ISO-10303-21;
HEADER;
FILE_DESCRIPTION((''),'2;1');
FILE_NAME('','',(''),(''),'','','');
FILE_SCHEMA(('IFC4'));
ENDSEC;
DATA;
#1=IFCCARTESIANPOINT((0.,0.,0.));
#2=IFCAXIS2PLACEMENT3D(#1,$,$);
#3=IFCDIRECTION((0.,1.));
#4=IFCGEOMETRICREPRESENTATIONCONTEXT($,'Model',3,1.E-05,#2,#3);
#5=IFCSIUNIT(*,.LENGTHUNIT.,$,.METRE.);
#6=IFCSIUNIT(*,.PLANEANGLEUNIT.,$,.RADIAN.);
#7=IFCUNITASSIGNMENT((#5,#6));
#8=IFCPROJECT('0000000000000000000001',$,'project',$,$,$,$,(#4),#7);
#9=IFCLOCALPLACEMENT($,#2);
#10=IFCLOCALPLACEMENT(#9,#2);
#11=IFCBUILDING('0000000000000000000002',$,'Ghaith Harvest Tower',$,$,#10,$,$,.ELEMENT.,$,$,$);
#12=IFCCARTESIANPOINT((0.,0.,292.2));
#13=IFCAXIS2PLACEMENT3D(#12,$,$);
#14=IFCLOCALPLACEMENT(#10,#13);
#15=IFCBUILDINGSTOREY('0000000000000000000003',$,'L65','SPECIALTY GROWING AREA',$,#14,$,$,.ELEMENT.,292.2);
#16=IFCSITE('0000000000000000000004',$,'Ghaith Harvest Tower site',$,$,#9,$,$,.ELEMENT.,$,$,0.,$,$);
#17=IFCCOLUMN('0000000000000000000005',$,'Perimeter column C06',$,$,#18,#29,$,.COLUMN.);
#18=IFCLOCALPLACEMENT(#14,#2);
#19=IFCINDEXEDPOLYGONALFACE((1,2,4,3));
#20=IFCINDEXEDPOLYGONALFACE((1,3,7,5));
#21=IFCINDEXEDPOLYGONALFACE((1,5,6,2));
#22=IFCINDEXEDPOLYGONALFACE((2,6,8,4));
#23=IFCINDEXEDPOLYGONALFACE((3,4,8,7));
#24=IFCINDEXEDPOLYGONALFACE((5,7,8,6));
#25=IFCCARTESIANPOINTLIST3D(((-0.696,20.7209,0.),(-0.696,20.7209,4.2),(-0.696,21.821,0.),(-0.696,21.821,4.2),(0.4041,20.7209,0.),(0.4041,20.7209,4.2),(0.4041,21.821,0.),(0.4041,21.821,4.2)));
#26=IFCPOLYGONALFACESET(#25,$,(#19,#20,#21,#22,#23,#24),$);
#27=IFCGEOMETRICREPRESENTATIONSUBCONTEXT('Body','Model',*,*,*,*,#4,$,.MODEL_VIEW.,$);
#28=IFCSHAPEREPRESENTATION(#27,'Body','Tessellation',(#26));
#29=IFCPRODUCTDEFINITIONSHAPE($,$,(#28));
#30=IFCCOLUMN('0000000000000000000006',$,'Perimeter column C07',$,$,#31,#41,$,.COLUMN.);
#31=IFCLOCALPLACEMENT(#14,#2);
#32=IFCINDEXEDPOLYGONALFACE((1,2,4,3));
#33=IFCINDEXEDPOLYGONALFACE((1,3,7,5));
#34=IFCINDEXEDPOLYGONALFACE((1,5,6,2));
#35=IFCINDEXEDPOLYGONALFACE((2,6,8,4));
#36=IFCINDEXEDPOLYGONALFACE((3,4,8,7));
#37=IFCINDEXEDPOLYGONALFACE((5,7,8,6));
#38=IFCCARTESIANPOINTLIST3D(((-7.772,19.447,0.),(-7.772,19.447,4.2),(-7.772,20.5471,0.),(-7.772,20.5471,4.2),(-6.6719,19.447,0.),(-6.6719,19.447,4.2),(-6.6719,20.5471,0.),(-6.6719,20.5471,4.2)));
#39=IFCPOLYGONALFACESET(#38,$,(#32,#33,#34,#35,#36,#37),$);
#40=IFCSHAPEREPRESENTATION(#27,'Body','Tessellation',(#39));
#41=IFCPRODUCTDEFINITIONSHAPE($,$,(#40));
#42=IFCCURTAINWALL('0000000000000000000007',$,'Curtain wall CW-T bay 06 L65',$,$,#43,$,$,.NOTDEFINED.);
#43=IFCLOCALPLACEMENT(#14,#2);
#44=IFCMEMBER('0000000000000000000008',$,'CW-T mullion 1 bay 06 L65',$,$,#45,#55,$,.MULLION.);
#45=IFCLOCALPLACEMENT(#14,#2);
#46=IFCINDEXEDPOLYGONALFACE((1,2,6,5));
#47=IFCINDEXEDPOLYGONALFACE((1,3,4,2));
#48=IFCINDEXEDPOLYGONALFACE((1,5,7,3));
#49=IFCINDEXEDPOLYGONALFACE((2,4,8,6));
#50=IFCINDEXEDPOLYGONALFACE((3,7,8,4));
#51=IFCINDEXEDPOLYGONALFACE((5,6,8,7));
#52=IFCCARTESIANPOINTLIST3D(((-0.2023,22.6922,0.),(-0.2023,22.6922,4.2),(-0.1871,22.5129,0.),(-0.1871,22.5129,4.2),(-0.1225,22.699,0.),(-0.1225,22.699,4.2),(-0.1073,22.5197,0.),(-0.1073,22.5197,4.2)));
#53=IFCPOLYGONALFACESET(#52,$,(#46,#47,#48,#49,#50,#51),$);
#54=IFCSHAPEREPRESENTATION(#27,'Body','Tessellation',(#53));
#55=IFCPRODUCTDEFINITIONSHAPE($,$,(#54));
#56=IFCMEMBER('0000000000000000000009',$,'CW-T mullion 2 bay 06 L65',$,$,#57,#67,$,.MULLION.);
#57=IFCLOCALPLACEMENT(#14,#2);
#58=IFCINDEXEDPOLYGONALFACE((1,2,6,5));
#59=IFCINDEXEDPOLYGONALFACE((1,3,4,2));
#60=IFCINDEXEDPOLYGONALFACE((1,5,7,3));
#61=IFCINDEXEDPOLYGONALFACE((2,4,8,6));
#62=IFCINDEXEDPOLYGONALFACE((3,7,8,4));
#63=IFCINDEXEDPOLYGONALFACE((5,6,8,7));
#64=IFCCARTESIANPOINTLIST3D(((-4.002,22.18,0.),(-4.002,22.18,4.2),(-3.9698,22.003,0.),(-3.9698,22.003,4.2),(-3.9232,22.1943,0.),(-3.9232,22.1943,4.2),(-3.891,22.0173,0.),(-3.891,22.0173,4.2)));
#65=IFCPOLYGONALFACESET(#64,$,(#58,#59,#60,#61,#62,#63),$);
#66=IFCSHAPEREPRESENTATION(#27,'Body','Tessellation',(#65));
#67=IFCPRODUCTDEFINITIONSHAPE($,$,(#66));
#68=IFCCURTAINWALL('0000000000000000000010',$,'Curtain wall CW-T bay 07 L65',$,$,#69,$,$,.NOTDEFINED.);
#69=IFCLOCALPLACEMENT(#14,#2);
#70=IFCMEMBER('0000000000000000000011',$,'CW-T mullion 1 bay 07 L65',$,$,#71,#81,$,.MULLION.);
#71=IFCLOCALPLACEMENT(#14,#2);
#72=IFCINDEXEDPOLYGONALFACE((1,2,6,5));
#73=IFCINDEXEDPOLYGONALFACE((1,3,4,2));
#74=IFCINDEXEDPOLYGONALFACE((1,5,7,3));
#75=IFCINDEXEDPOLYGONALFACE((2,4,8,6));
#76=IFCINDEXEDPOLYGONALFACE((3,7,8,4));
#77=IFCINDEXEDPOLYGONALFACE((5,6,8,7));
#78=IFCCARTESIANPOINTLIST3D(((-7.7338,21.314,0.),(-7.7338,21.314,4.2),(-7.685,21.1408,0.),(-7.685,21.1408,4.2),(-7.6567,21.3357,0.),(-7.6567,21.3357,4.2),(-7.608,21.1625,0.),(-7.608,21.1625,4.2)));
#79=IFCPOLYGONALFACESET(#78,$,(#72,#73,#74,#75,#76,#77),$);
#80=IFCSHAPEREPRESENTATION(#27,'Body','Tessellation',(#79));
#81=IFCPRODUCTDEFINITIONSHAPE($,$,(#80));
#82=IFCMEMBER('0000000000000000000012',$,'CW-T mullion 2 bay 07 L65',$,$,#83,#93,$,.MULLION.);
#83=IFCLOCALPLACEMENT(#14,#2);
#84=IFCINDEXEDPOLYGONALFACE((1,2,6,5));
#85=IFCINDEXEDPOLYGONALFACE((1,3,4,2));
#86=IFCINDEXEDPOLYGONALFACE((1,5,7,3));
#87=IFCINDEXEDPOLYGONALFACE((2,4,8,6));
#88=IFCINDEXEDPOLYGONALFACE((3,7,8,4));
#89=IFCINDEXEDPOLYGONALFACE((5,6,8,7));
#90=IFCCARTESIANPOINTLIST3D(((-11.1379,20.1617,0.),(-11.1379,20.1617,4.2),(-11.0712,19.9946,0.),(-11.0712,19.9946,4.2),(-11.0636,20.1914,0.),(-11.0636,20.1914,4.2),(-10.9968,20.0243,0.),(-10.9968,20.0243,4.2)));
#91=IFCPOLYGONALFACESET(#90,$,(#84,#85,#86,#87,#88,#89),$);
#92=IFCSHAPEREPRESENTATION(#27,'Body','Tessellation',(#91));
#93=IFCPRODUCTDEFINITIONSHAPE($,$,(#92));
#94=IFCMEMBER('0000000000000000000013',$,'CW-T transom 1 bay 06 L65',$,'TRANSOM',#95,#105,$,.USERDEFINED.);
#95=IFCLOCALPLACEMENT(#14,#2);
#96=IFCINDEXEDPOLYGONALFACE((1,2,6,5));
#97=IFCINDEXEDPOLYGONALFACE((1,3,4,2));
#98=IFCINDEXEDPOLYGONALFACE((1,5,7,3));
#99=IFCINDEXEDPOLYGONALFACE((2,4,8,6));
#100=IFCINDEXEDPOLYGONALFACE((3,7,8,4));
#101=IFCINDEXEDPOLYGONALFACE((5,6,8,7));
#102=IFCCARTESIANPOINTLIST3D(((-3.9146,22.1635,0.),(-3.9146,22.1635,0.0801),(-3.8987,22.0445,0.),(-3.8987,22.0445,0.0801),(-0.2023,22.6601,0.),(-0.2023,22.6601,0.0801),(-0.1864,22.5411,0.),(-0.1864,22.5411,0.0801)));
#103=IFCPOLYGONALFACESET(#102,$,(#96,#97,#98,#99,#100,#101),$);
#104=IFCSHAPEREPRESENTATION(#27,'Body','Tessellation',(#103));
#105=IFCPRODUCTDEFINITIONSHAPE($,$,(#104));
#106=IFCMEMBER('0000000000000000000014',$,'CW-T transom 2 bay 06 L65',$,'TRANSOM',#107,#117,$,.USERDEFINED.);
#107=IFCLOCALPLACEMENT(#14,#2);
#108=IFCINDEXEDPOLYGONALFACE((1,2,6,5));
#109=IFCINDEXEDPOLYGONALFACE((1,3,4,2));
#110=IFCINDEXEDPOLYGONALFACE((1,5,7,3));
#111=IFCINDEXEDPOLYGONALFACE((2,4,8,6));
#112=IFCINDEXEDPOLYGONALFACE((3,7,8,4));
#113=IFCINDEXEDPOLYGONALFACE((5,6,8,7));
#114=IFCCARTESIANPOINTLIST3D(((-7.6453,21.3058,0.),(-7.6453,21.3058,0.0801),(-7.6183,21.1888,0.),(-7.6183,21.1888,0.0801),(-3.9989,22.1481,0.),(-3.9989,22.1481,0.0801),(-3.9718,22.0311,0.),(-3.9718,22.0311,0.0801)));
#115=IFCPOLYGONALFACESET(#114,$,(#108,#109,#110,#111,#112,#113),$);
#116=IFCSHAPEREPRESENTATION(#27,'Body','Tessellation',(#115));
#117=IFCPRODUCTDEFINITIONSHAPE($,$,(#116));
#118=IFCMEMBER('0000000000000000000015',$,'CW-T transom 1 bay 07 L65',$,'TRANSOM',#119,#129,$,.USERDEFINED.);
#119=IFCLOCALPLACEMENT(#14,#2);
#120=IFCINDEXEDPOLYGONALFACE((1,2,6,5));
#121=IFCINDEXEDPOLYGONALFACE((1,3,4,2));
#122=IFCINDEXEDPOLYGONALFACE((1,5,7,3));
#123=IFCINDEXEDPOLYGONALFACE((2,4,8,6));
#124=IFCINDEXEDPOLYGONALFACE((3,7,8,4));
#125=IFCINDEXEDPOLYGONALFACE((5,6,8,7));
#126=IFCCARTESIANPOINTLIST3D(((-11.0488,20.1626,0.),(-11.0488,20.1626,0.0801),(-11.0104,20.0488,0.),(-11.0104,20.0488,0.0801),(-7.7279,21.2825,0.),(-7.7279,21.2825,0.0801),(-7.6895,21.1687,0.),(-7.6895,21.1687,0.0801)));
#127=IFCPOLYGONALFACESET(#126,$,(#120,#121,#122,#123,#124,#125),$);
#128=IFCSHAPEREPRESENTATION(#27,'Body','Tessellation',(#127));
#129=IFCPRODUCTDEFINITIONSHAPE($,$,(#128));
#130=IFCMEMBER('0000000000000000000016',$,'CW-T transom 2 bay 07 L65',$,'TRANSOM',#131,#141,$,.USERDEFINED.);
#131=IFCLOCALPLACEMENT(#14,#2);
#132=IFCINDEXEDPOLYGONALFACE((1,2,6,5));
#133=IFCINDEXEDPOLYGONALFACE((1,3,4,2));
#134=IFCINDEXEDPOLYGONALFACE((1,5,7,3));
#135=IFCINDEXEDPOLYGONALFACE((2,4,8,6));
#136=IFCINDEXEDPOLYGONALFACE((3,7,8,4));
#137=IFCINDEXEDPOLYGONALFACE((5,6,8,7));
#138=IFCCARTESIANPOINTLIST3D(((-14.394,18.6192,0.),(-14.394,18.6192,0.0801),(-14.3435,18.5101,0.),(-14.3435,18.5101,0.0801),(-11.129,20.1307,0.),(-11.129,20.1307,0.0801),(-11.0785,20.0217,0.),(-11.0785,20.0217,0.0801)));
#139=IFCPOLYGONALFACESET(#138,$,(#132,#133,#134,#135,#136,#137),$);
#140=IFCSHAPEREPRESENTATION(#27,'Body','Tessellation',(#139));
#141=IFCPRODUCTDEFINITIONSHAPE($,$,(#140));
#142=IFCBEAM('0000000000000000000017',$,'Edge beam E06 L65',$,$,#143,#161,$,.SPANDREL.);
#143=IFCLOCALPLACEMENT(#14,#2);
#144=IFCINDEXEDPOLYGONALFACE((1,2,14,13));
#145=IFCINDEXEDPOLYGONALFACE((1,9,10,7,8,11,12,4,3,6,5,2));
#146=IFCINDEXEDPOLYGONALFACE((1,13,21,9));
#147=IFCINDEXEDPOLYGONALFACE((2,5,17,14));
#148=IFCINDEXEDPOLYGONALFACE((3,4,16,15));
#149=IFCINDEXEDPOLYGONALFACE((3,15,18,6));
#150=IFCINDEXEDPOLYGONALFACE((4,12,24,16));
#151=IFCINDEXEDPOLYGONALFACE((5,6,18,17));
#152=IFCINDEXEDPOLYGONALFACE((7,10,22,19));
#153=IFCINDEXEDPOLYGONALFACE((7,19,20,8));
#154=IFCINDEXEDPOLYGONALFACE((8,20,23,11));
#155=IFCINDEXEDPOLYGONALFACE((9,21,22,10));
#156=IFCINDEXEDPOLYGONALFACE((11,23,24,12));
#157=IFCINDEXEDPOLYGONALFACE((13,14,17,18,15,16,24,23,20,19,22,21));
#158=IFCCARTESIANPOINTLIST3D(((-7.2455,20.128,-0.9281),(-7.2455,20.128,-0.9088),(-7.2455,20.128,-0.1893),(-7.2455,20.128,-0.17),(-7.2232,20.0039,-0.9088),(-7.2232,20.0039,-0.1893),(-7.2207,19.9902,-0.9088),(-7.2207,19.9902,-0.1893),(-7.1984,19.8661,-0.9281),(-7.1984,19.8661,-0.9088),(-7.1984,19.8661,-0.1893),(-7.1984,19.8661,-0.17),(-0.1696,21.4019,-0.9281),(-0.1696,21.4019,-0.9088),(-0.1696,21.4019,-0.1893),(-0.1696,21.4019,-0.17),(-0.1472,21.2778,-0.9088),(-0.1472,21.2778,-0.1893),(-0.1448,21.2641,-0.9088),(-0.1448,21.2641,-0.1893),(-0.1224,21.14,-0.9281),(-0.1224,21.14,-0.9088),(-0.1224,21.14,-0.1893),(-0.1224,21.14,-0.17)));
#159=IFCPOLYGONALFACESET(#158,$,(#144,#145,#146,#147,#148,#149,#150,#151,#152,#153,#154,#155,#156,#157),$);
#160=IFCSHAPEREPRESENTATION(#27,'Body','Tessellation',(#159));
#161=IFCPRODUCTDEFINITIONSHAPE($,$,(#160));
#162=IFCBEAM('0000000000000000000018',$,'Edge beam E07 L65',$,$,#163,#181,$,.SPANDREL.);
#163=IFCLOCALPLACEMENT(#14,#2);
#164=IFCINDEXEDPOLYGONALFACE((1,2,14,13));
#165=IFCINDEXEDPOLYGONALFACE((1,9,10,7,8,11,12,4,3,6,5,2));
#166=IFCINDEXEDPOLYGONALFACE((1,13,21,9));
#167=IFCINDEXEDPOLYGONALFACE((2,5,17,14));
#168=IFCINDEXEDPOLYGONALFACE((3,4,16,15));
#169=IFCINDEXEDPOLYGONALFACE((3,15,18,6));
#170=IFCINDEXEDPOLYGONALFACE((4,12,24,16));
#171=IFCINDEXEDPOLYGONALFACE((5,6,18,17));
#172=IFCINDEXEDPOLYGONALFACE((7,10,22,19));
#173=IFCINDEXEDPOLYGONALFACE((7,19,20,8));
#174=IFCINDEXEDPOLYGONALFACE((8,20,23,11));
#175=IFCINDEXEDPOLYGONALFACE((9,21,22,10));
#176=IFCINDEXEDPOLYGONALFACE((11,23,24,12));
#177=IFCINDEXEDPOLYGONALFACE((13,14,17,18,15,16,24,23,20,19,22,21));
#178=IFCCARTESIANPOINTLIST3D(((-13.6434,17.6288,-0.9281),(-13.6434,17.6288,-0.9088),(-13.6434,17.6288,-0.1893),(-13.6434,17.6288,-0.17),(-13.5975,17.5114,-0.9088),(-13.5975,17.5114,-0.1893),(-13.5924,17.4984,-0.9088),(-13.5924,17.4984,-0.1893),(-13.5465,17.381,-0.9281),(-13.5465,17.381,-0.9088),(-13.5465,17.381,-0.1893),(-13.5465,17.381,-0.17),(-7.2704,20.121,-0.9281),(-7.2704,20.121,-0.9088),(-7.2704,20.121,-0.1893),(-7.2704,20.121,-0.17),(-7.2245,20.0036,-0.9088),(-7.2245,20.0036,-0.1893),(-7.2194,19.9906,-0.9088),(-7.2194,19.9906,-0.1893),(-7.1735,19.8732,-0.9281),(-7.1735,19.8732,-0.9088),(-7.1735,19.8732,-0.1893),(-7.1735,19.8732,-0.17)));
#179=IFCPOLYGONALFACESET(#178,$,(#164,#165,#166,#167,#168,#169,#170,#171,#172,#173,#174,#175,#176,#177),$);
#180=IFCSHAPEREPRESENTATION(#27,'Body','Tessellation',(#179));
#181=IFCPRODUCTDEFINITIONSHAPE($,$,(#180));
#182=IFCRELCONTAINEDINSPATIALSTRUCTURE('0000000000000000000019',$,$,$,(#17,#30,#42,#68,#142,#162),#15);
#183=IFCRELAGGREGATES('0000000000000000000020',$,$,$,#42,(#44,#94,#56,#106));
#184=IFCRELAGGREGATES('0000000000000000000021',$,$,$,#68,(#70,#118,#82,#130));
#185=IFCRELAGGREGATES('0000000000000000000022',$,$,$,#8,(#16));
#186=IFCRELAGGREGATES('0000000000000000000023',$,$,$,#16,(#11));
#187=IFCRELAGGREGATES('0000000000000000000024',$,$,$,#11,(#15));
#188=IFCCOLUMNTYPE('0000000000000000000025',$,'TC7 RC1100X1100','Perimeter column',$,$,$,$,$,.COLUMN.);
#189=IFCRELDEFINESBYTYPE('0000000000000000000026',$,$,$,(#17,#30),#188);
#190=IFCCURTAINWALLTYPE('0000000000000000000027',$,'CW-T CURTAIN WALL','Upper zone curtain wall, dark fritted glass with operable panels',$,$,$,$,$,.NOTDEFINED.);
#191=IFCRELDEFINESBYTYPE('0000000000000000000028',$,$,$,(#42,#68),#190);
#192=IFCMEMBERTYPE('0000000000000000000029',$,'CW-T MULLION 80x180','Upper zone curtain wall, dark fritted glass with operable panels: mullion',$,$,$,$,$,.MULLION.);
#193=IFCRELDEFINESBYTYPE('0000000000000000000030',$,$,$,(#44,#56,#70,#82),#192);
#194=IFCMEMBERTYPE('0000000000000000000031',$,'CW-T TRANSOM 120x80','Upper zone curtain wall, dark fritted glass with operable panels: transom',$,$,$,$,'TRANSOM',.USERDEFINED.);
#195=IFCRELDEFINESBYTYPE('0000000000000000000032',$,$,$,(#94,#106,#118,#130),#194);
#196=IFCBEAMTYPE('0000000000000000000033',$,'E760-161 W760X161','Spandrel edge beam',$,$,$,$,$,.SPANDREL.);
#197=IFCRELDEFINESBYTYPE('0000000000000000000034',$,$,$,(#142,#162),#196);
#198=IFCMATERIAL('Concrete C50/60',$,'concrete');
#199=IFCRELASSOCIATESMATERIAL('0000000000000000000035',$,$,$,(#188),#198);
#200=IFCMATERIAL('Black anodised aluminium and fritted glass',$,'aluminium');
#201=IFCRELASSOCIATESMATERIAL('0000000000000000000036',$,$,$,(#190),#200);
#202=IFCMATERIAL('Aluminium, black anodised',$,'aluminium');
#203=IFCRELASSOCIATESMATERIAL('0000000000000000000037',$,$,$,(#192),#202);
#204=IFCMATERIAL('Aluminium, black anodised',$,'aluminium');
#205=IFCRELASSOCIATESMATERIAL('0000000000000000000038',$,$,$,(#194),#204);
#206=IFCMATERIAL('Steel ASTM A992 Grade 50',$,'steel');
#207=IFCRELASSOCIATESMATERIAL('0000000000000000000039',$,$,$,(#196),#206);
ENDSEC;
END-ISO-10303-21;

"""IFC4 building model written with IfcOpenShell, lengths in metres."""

from ifc_helpers import new_model, si_unit, direction, frame, origin, origin_2d, place, context, subcontext, project, spatial, rectangle, i_section, extrude, material, material_profile, profile_set, type_object, element, aggregate, save


model = new_model("IFC4")

# Units and contexts
model_context = context("Model", 3, precision=1e-05, world=origin(), true_north=direction((0.0, 1.0)))
body_context = subcontext(model_context, "Body", "Model", "MODEL_VIEW")
ifc_project = project(units=[si_unit("LENGTHUNIT", "METRE"), si_unit("PLANEANGLEUNIT", "RADIAN")], contexts=[model_context])

# Site, building, storey
site_placement = place(None, origin())
site = spatial("IfcSite", under=ifc_project, at=site_placement, Name="Ghaith Harvest Tower site", CompositionType="ELEMENT", RefElevation=0.0)
building_placement = place(site_placement, origin())
building = spatial("IfcBuilding", under=site, at=building_placement, Name="Ghaith Harvest Tower", CompositionType="ELEMENT")
storey_placement = place(building_placement, frame((0.0, 0.0, 292.2)))
storey = spatial("IfcBuildingStorey", under=building, at=storey_placement, Name="L65", Description="SPECIALTY GROWING AREA", CompositionType="ELEMENT", Elevation=292.2)

# Columns
ifc_material_1 = material(Name="Concrete C50/60", Category="concrete")
ifc_material_profile_1 = material_profile(ifc_material_1, rectangle(XDim=1.1001, YDim=1.1001, at=origin_2d()), Name="RC1100X1100")
ifc_profile_set_1 = profile_set([ifc_material_profile_1], Name="Concrete C50/60")
column_type = type_object("IfcColumnType", Name="TC7 RC1100X1100", Description="Perimeter column", PredefinedType="COLUMN", material=ifc_profile_set_1)
for number, where, z_axis, x_axis, name in (
    (1, (-0.146, 21.271, 0.0), (0.0, 0.0, 1.0), (1.0, 0.0, 0.0), "Perimeter column C06"),
    (2, (-7.2219, 19.9971, 0.0), (0.0, 0.0, 1.0), (1.0, 0.0, 0.0), "Perimeter column C07"),
):
    element("IfcColumn", number, at=place(storey_placement, frame(where, z_axis=z_axis, x_axis=x_axis)), inside=storey, type_object=column_type, Name=name, PredefinedType="COLUMN", context=body_context, shape_type="SweptSolid", body=[
        extrude(rectangle(XDim=1.1001, YDim=1.1001, at=origin_2d()), origin(), (0.0, 0.0, 1.0), 4.2),
    ])

# Curtain walls, members
ifc_material_2 = material(Name="Black anodised aluminium and fritted glass", Category="aluminium")
curtain_wall_type = type_object("IfcCurtainWallType", Name="CW-T CURTAIN WALL", Description="Upper zone curtain wall, dark fritted glass with operable panels", PredefinedType="NOTDEFINED", material=ifc_material_2)
curtain_wall_1_placement = place(storey_placement, origin())
curtain_wall_1 = element("IfcCurtainWall", 3, at=curtain_wall_1_placement, inside=storey, type_object=curtain_wall_type, Name="Curtain wall CW-T bay 06 L65", PredefinedType="NOTDEFINED")
ifc_material_3 = material(Name="Aluminium, black anodised", Category="aluminium")
ifc_material_profile_2 = material_profile(ifc_material_3, rectangle(XDim=0.0801, YDim=0.1799, at=origin_2d()), Name="CW-T MULLION 80x180")
ifc_profile_set_2 = profile_set([ifc_material_profile_2], Name="Aluminium, black anodised")
member_type_1 = type_object("IfcMemberType", Name="CW-T MULLION 80x180", Description="Upper zone curtain wall, dark fritted glass with operable panels: mullion", PredefinedType="MULLION", material=ifc_profile_set_2)
member_1_placement = place(storey_placement, frame((-0.1548, 22.606, 0.0), z_axis=(0.0, 0.0, 1.0), x_axis=(-0.996415, -0.084602, 0.0)))
member_1 = element("IfcMember", 4, at=member_1_placement, type_object=member_type_1, Name="CW-T mullion 1 bay 06 L65", PredefinedType="MULLION", context=body_context, shape_type="SweptSolid", body=[
    extrude(rectangle(XDim=0.0801, YDim=0.1799, at=origin_2d()), origin(), (0.0, 0.0, 1.0), 4.2),
])
member_2_placement = place(storey_placement, frame((-3.9465, 22.0986, 0.0), z_axis=(0.0, 0.0, 1.0), x_axis=(-0.983843, -0.179031, 0.0)))
member_2 = element("IfcMember", 5, at=member_2_placement, type_object=member_type_1, Name="CW-T mullion 2 bay 06 L65", PredefinedType="MULLION", context=body_context, shape_type="SweptSolid", body=[
    extrude(rectangle(XDim=0.0801, YDim=0.1799, at=origin_2d()), origin(), (0.0, 0.0, 1.0), 4.2),
])
curtain_wall_2_placement = place(storey_placement, origin())
curtain_wall_2 = element("IfcCurtainWall", 6, at=curtain_wall_2_placement, inside=storey, type_object=curtain_wall_type, Name="Curtain wall CW-T bay 07 L65", PredefinedType="NOTDEFINED")
member_3_placement = place(storey_placement, frame((-7.6709, 21.2383, 0.0), z_axis=(0.0, 0.0, 1.0), x_axis=(-0.962552, -0.271095, 0.0)))
member_3 = element("IfcMember", 7, at=member_3_placement, type_object=member_type_1, Name="CW-T mullion 1 bay 07 L65", PredefinedType="MULLION", context=body_context, shape_type="SweptSolid", body=[
    extrude(rectangle(XDim=0.0801, YDim=0.1799, at=origin_2d()), origin(), (0.0, 0.0, 1.0), 4.2),
])
member_4_placement = place(storey_placement, frame((-11.0674, 20.093, 0.0), z_axis=(0.0, 0.0, 1.0), x_axis=(-0.928624, -0.371021, 0.0)))
member_4 = element("IfcMember", 8, at=member_4_placement, type_object=member_type_1, Name="CW-T mullion 2 bay 07 L65", PredefinedType="MULLION", context=body_context, shape_type="SweptSolid", body=[
    extrude(rectangle(XDim=0.0801, YDim=0.1799, at=origin_2d()), origin(), (0.0, 0.0, 1.0), 4.2),
])

# Members
ifc_material_4 = material(Name="Aluminium, black anodised", Category="aluminium")
ifc_material_profile_3 = material_profile(ifc_material_4, rectangle(XDim=0.1201, YDim=0.0801, at=origin_2d()), Name="CW-T TRANSOM 120x80")
ifc_profile_set_3 = profile_set([ifc_material_profile_3], Name="Aluminium, black anodised")
member_type_2 = type_object("IfcMemberType", Name="CW-T TRANSOM 120x80", Description="Upper zone curtain wall, dark fritted glass with operable panels: transom", ElementType="TRANSOM", PredefinedType="USERDEFINED", material=ifc_profile_set_3)
member_5_placement = place(storey_placement, frame((-0.1943, 22.6006, 0.04), z_axis=(-0.991172, -0.132582, 0.0), x_axis=(0.132582, -0.991172, 0.0)))
member_5 = element("IfcMember", 9, at=member_5_placement, type_object=member_type_2, Name="CW-T transom 1 bay 06 L65", ObjectType="TRANSOM", PredefinedType="USERDEFINED", context=body_context, shape_type="SweptSolid", body=[
    extrude(rectangle(XDim=0.1201, YDim=0.0801, at=origin_2d()), origin(), (0.0, 0.0, 1.0), 3.7454),
])
member_6_placement = place(storey_placement, frame((-3.9854, 22.0896, 0.04), z_axis=(-0.974345, -0.22506, 0.0), x_axis=(0.22506, -0.974345, 0.0)))
member_6 = element("IfcMember", 10, at=member_6_placement, type_object=member_type_2, Name="CW-T transom 2 bay 06 L65", ObjectType="TRANSOM", PredefinedType="USERDEFINED", context=body_context, shape_type="SweptSolid", body=[
    extrude(rectangle(XDim=0.1201, YDim=0.0801, at=origin_2d()), origin(), (0.0, 0.0, 1.0), 3.7424),
])
member_7_placement = place(storey_placement, frame((-7.7087, 21.2256, 0.04), z_axis=(-0.94757, -0.319549, 0.0), x_axis=(0.319549, -0.94757, 0.0)))
member_7 = element("IfcMember", 11, at=member_7_placement, type_object=member_type_2, Name="CW-T transom 1 bay 07 L65", ObjectType="TRANSOM", PredefinedType="USERDEFINED", context=body_context, shape_type="SweptSolid", body=[
    extrude(rectangle(XDim=0.1201, YDim=0.0801, at=origin_2d()), origin(), (0.0, 0.0, 1.0), 3.5046),
])
member_8_placement = place(storey_placement, frame((-11.1038, 20.0762, 0.04), z_axis=(-0.907472, -0.420112, 0.0), x_axis=(0.420112, -0.907472, 0.0)))
member_8 = element("IfcMember", 12, at=member_8_placement, type_object=member_type_2, Name="CW-T transom 2 bay 07 L65", ObjectType="TRANSOM", PredefinedType="USERDEFINED", context=body_context, shape_type="SweptSolid", body=[
    extrude(rectangle(XDim=0.1201, YDim=0.0801, at=origin_2d()), origin(), (0.0, 0.0, 1.0), 3.5979),
])

# Beams
ifc_material_5 = material(Name="Steel ASTM A992 Grade 50", Category="steel")
ifc_material_profile_4 = material_profile(ifc_material_5, i_section(OverallWidth=0.2661, OverallDepth=0.7581, WebThickness=0.0139, FlangeThickness=0.0193, at=origin_2d()), Name="W760X161")
ifc_profile_set_4 = profile_set([ifc_material_profile_4], Name="Steel ASTM A992 Grade 50")
beam_type_1 = type_object("IfcBeamType", Name="E760-161 W760X161", Description="Spandrel edge beam", PredefinedType="SPANDREL", material=ifc_profile_set_4)
beam_1_placement = place(storey_placement, frame((-0.146, 21.271, -0.5491), z_axis=(-0.984177, -0.177188, 0.0), x_axis=(0.177188, -0.984177, 0.0)))
element("IfcBeam", 13, at=beam_1_placement, inside=storey, type_object=beam_type_1, Name="Edge beam E06 L65", PredefinedType="SPANDREL", context=body_context, shape_type="SweptSolid", body=[
    extrude(i_section(OverallWidth=0.2661, OverallDepth=0.7581, WebThickness=0.0139, FlangeThickness=0.0193, at=origin_2d()), origin(), (0.0, 0.0, 1.0), 7.1897),
])
beam_2_placement = place(storey_placement, frame((-7.2219, 19.9971, -0.5491), z_axis=(-0.931323, -0.364195, 0.0), x_axis=(0.364195, -0.931323, 0.0)))
element("IfcBeam", 14, at=beam_2_placement, inside=storey, type_object=beam_type_1, Name="Edge beam E07 L65", PredefinedType="SPANDREL", context=body_context, shape_type="SweptSolid", body=[
    extrude(i_section(OverallWidth=0.2661, OverallDepth=0.7581, WebThickness=0.0139, FlangeThickness=0.0193, at=origin_2d()), origin(), (0.0, 0.0, 1.0), 6.843),
])

aggregate(curtain_wall_1, [member_1, member_5, member_2, member_6])
aggregate(curtain_wall_2, [member_3, member_7, member_4, member_8])

save(model, "model.ifc")
